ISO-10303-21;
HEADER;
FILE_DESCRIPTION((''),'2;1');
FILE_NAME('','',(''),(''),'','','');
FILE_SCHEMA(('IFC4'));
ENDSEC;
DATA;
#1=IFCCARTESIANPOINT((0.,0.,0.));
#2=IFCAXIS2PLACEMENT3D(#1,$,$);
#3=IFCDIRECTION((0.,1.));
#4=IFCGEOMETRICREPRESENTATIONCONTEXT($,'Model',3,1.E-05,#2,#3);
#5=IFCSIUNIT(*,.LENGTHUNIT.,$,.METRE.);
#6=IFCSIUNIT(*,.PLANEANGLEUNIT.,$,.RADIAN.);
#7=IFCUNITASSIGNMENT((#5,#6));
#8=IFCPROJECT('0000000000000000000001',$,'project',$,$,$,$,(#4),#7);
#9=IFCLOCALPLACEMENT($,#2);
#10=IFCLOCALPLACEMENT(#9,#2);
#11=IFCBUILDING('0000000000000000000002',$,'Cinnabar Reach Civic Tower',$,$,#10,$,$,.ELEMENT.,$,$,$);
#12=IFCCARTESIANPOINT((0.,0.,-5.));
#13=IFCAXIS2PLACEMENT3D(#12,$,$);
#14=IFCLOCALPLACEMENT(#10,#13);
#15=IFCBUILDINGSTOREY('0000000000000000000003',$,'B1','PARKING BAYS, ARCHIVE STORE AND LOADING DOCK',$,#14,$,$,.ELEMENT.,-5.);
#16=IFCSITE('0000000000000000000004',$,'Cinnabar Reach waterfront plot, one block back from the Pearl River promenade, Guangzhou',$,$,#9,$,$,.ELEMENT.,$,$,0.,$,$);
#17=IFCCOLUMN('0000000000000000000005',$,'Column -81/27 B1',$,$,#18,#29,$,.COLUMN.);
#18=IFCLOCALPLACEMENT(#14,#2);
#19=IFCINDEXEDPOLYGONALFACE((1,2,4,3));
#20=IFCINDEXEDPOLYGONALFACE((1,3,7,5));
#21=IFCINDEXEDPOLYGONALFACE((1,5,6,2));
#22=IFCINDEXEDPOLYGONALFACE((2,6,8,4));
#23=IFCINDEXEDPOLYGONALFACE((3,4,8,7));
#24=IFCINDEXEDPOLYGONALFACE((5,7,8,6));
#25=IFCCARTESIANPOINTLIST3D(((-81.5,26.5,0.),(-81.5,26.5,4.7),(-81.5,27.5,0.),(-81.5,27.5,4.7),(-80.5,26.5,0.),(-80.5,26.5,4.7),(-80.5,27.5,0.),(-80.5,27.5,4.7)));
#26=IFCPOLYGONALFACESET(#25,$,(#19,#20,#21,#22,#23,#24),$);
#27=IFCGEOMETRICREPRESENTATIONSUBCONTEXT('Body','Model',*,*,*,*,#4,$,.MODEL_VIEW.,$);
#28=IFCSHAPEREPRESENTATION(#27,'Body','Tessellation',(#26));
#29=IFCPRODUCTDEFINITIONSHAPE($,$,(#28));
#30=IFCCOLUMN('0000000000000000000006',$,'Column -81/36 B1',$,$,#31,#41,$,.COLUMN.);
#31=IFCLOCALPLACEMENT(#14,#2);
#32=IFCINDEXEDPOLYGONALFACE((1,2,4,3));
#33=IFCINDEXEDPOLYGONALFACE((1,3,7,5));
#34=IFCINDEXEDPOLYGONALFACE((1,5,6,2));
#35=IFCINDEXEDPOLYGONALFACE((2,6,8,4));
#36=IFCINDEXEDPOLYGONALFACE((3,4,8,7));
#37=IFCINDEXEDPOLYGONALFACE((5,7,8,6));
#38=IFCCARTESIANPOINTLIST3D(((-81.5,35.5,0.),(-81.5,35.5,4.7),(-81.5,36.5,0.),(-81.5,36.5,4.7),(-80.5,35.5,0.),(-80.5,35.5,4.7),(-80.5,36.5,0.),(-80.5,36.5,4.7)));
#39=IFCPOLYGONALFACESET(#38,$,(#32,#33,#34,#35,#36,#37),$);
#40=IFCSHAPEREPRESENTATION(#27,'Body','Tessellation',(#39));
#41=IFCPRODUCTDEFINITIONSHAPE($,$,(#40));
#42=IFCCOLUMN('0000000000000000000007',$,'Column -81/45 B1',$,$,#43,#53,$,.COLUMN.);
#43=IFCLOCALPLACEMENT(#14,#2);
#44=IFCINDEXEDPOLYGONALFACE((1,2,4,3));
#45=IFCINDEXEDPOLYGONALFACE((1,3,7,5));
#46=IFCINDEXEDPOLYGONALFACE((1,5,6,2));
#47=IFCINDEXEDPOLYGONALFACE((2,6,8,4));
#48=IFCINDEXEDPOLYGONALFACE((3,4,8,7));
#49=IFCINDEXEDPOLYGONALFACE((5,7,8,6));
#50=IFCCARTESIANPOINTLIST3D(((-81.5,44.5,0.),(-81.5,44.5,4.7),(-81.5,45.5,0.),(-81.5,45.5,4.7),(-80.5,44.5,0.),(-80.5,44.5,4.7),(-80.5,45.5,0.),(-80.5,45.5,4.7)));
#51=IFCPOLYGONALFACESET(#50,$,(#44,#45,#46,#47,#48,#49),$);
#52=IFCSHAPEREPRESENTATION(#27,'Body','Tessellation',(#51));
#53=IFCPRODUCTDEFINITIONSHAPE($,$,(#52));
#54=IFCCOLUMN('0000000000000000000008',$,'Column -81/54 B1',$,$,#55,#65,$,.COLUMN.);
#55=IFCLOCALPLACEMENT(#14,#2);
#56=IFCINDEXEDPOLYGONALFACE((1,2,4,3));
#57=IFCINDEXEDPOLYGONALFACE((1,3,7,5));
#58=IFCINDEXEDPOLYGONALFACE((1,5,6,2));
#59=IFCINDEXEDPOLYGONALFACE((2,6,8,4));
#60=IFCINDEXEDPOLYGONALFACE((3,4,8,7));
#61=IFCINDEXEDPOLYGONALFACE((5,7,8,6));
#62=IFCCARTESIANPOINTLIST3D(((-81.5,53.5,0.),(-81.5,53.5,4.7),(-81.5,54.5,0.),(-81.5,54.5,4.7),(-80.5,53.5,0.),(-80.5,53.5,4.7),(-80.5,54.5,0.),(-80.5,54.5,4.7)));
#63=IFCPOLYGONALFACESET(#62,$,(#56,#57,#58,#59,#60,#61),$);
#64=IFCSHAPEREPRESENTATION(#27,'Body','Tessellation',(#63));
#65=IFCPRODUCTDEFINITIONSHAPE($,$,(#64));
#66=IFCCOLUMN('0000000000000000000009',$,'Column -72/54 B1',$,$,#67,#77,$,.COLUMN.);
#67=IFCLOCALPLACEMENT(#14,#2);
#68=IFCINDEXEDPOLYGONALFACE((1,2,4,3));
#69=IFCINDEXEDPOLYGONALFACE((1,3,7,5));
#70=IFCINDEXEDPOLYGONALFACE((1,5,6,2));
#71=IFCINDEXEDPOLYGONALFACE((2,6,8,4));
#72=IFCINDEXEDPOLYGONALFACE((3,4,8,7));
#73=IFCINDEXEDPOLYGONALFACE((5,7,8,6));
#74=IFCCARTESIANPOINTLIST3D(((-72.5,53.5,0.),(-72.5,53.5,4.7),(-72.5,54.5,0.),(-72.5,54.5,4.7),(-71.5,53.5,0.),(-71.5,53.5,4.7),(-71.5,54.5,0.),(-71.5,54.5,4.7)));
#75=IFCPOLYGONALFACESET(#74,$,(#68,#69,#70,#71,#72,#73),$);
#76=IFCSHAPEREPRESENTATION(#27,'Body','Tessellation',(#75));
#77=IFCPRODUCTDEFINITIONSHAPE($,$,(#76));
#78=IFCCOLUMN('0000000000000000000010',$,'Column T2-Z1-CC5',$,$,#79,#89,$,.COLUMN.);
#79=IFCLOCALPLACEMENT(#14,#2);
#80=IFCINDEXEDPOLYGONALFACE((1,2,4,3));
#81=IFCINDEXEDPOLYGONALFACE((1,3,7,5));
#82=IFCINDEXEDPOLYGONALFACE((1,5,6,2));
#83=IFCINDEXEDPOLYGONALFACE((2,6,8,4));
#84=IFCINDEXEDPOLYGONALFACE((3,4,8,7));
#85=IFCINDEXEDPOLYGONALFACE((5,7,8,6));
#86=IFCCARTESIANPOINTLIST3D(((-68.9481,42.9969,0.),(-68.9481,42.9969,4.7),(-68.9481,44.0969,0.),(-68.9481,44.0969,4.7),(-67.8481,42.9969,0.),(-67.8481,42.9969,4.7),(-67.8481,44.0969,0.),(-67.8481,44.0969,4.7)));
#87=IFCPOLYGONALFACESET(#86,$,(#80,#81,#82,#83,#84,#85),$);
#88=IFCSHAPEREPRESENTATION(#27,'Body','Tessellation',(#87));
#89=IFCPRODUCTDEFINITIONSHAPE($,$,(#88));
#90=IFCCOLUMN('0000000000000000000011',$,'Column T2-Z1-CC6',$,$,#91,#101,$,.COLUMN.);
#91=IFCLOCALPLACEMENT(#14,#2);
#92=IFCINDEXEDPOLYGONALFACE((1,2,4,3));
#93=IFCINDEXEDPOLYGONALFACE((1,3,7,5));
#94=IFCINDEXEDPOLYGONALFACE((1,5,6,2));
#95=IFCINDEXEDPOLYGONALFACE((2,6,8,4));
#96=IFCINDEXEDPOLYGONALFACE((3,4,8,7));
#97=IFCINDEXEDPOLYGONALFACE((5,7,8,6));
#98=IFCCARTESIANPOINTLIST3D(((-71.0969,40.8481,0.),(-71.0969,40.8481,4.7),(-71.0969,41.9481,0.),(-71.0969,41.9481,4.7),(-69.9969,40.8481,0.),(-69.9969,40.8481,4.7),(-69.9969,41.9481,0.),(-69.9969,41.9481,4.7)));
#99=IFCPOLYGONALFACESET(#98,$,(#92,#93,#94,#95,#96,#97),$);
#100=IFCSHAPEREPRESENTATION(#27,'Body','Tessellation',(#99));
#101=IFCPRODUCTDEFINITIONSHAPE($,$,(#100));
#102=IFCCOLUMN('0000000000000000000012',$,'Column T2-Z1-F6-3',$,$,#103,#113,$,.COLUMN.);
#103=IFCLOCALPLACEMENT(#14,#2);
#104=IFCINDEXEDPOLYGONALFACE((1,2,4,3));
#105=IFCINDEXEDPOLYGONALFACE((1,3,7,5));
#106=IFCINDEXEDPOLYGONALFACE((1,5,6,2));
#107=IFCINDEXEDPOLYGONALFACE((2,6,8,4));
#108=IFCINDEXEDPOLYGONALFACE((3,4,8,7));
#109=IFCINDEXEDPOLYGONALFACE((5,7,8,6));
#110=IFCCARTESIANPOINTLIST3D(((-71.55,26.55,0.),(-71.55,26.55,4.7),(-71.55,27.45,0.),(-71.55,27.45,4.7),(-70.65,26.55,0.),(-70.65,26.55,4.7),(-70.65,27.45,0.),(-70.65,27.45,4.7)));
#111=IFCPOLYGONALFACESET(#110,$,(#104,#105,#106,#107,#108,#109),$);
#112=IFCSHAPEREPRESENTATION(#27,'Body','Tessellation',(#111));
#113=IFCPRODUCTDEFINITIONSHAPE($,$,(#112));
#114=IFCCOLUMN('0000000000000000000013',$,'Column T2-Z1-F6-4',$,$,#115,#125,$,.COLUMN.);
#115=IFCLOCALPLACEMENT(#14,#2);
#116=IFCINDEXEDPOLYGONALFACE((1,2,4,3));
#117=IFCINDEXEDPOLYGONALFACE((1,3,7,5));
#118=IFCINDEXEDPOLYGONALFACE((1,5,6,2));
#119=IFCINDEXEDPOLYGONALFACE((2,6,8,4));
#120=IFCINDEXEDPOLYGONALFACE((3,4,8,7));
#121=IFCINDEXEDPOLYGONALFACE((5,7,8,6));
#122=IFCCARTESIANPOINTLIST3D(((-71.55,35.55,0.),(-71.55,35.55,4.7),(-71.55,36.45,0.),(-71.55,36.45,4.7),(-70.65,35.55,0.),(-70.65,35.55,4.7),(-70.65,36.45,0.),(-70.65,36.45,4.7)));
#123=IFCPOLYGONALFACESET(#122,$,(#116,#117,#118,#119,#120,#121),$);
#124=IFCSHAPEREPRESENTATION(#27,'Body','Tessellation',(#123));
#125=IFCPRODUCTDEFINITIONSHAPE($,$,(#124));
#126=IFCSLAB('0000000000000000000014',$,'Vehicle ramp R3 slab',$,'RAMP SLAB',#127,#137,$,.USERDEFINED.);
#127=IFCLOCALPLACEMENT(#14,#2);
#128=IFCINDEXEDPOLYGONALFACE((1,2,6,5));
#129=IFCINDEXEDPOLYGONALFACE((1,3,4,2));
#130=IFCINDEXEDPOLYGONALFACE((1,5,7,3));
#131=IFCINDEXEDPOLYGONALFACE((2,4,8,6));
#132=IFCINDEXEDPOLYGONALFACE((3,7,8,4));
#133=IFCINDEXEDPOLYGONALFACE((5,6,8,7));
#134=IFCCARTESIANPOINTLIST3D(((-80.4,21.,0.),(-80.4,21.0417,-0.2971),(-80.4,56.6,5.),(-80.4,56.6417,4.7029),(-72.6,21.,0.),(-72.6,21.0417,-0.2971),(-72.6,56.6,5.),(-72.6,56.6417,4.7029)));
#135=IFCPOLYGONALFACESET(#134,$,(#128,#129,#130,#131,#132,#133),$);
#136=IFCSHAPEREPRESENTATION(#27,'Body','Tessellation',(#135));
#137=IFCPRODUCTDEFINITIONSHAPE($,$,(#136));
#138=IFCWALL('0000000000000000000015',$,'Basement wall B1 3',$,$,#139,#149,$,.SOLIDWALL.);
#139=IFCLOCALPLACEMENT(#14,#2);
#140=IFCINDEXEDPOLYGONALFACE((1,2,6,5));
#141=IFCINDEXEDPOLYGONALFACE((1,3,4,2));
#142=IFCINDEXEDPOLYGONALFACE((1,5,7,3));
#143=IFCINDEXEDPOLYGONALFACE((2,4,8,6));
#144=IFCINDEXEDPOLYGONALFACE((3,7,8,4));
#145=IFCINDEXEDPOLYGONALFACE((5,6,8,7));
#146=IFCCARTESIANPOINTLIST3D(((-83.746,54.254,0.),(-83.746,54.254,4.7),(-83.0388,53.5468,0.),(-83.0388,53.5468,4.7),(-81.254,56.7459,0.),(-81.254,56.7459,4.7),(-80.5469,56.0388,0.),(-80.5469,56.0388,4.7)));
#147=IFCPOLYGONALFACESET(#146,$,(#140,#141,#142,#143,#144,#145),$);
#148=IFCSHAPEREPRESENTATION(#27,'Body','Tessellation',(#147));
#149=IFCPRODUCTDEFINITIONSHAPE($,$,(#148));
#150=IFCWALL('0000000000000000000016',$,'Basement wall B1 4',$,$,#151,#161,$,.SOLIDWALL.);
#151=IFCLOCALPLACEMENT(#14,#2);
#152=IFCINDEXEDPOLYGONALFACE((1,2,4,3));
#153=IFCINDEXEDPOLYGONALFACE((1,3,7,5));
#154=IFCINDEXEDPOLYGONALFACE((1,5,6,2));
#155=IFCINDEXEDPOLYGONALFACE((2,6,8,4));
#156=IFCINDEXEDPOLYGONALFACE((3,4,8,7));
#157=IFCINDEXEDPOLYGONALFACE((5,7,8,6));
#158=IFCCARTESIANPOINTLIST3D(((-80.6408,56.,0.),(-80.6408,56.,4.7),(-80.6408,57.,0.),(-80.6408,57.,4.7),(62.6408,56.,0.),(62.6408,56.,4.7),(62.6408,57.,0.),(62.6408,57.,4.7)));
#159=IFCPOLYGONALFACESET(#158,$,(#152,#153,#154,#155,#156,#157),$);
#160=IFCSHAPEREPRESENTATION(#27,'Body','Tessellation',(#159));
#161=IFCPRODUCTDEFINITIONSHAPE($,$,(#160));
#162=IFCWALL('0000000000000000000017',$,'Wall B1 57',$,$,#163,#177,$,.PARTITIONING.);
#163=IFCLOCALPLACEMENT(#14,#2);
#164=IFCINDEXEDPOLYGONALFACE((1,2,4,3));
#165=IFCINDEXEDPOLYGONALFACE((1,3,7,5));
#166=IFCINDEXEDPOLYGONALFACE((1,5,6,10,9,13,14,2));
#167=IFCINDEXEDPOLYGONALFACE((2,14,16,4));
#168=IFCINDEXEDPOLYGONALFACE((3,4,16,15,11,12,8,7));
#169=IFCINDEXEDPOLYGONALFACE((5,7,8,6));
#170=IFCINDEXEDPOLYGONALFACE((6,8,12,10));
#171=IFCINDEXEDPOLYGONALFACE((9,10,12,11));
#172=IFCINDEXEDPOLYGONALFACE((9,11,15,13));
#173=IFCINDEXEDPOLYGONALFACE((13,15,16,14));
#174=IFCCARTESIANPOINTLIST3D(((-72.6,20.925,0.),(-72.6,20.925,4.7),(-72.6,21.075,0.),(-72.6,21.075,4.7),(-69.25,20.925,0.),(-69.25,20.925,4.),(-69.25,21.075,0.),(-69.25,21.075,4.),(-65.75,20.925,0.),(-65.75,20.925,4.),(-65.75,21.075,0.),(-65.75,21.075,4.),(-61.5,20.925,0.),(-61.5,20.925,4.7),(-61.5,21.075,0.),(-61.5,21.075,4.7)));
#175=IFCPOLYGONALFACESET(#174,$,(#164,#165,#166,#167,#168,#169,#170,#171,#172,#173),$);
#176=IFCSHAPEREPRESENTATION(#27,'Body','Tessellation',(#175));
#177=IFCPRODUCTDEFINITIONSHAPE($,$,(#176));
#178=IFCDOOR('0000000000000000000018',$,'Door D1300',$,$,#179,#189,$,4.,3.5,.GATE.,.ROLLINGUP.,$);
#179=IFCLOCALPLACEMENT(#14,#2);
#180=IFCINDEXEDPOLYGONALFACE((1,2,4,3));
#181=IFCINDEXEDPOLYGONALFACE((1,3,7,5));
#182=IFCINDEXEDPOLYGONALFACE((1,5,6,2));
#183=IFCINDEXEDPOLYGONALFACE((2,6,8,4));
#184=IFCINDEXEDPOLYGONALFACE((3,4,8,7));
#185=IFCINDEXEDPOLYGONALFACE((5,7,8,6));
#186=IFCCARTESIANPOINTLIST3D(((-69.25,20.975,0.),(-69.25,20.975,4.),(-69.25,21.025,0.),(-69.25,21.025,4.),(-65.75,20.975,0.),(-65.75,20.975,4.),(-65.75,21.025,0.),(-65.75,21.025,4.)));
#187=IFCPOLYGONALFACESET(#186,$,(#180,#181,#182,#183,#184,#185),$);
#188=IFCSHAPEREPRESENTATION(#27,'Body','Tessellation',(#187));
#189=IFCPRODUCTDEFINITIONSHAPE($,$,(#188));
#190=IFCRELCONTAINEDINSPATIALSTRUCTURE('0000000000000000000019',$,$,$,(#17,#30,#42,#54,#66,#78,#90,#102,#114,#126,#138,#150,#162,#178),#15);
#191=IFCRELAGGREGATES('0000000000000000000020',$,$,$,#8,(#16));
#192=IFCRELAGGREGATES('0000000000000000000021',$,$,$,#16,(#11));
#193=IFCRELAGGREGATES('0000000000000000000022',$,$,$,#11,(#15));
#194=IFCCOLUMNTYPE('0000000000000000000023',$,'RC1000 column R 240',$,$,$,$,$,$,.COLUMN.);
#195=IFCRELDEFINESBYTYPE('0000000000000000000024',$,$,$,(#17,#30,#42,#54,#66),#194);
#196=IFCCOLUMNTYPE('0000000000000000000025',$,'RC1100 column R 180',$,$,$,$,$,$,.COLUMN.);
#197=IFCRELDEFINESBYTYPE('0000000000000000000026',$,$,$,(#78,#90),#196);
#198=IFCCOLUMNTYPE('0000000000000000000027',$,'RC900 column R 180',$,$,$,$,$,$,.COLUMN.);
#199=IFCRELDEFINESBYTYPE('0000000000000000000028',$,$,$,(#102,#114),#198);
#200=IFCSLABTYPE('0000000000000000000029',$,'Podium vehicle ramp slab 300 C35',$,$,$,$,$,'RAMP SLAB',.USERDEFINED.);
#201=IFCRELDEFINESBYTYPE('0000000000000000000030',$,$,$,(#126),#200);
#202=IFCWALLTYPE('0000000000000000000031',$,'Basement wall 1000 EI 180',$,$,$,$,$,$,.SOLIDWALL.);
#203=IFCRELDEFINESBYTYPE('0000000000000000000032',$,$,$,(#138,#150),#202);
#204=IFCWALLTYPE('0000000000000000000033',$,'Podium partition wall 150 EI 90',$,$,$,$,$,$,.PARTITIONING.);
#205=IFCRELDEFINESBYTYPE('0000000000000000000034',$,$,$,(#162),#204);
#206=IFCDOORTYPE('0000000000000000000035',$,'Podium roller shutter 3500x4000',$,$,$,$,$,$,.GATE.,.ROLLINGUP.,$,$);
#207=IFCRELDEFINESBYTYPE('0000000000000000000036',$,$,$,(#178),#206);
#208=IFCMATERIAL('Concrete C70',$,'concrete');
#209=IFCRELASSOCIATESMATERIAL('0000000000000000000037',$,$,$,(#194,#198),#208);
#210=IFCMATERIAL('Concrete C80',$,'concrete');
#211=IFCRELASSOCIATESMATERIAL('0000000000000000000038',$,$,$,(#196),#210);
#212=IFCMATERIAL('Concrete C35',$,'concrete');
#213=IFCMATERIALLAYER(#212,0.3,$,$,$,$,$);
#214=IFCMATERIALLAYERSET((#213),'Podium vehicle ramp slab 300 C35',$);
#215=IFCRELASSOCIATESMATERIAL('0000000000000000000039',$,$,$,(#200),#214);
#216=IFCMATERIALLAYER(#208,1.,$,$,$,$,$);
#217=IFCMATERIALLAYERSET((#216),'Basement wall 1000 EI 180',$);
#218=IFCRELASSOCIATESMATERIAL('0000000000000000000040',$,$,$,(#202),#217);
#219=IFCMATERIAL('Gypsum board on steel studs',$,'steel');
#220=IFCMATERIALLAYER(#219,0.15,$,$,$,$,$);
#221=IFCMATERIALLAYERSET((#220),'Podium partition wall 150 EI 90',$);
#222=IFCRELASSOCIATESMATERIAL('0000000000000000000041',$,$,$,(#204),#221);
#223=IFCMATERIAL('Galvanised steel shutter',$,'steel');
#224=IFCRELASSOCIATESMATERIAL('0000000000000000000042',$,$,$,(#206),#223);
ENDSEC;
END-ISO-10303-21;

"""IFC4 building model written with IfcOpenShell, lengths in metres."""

from ifc_helpers import new_model, si_unit, direction, frame, frame_2d, origin, origin_2d, place, context, subcontext, project, spatial, polyline, rectangle, outline, extrude, material, layer, layer_set, material_profile, profile_set, type_object, element, fill, save


model = new_model("IFC4")

# Units and contexts
model_context = context("Model", 3, precision=1e-05, world=origin(), true_north=direction((0.0, 1.0)))
body_context = subcontext(model_context, "Body", "Model", "MODEL_VIEW")
ifc_project = project(units=[si_unit("LENGTHUNIT", "METRE"), si_unit("PLANEANGLEUNIT", "RADIAN")], contexts=[model_context])

# Site, building, storey
site_placement = place(None, origin())
site = spatial("IfcSite", under=ifc_project, at=site_placement, Name="Cinnabar Reach waterfront plot, one block back from the Pearl River promenade, Guangzhou", CompositionType="ELEMENT", RefElevation=0.0)
building_placement = place(site_placement, origin())
building = spatial("IfcBuilding", under=site, at=building_placement, Name="Cinnabar Reach Civic Tower", CompositionType="ELEMENT")
storey_placement = place(building_placement, frame((0.0, 0.0, -5.0)))
storey = spatial("IfcBuildingStorey", under=building, at=storey_placement, Name="B1", Description="PARKING BAYS, ARCHIVE STORE AND LOADING DOCK", CompositionType="ELEMENT", Elevation=-5.0)

# Columns
ifc_material_1 = material(Name="Concrete C70", Category="concrete")
ifc_material_profile_1 = material_profile(ifc_material_1, rectangle(XDim=1.0, YDim=1.0, at=origin_2d()), Name="RC1000")
ifc_profile_set_1 = profile_set([ifc_material_profile_1], Name="Concrete C70")
column_type_1 = type_object("IfcColumnType", Name="RC1000 column R 240", PredefinedType="COLUMN", material=ifc_profile_set_1)
for number, where, z_axis, x_axis, name in (
    (1, (-81.0, 27.0, 0.0), (0.0, 0.0, 1.0), (1.0, 0.0, 0.0), "Column -81/27 B1"),
    (2, (-81.0, 36.0, 0.0), (0.0, 0.0, 1.0), (1.0, 0.0, 0.0), "Column -81/36 B1"),
    (3, (-81.0, 45.0, 0.0), (0.0, 0.0, 1.0), (1.0, 0.0, 0.0), "Column -81/45 B1"),
    (4, (-81.0, 54.0, 0.0), (0.0, 0.0, 1.0), (1.0, 0.0, 0.0), "Column -81/54 B1"),
    (5, (-72.0, 54.0, 0.0), (0.0, 0.0, 1.0), (1.0, 0.0, 0.0), "Column -72/54 B1"),
):
    element("IfcColumn", number, at=place(storey_placement, frame(where, z_axis=z_axis, x_axis=x_axis)), inside=storey, type_object=column_type_1, Name=name, PredefinedType="COLUMN", context=body_context, shape_type="SweptSolid", body=[
        extrude(rectangle(XDim=1.0, YDim=1.0, at=origin_2d()), origin(), (0.0, 0.0, 1.0), 4.7),
    ])
ifc_material_2 = material(Name="Concrete C80", Category="concrete")
ifc_material_profile_2 = material_profile(ifc_material_2, rectangle(XDim=1.1, YDim=1.1, at=origin_2d()), Name="RC1100")
ifc_profile_set_2 = profile_set([ifc_material_profile_2], Name="Concrete C80")
column_type_2 = type_object("IfcColumnType", Name="RC1100 column R 180", PredefinedType="COLUMN", material=ifc_profile_set_2)
for number, where, z_axis, x_axis, name in (
    (6, (-68.3981, 43.5469, 0.0), (0.0, 0.0, 1.0), (1.0, 0.0, 0.0), "Column T2-Z1-CC5"),
    (7, (-70.5469, 41.3981, 0.0), (0.0, 0.0, 1.0), (1.0, 0.0, 0.0), "Column T2-Z1-CC6"),
):
    element("IfcColumn", number, at=place(storey_placement, frame(where, z_axis=z_axis, x_axis=x_axis)), inside=storey, type_object=column_type_2, Name=name, PredefinedType="COLUMN", context=body_context, shape_type="SweptSolid", body=[
        extrude(rectangle(XDim=1.1, YDim=1.1, at=origin_2d()), origin(), (0.0, 0.0, 1.0), 4.7),
    ])
ifc_material_profile_3 = material_profile(ifc_material_1, rectangle(XDim=0.9, YDim=0.9, at=origin_2d()), Name="RC900")
ifc_profile_set_3 = profile_set([ifc_material_profile_3], Name="Concrete C70")
column_type_3 = type_object("IfcColumnType", Name="RC900 column R 180", PredefinedType="COLUMN", material=ifc_profile_set_3)
for number, where, z_axis, x_axis, name in (
    (8, (-71.1, 27.0, 0.0), (0.0, 0.0, 1.0), (1.0, 0.0, 0.0), "Column T2-Z1-F6-3"),
    (9, (-71.1, 36.0, 0.0), (0.0, 0.0, 1.0), (1.0, 0.0, 0.0), "Column T2-Z1-F6-4"),
):
    element("IfcColumn", number, at=place(storey_placement, frame(where, z_axis=z_axis, x_axis=x_axis)), inside=storey, type_object=column_type_3, Name=name, PredefinedType="COLUMN", context=body_context, shape_type="SweptSolid", body=[
        extrude(rectangle(XDim=0.9, YDim=0.9, at=origin_2d()), origin(), (0.0, 0.0, 1.0), 4.7),
    ])

# Slab
ifc_material_3 = material(Name="Concrete C35", Category="concrete")
ifc_layer_1 = layer(ifc_material_3, 0.3)
ifc_layer_set_1 = layer_set([ifc_layer_1], Name="Podium vehicle ramp slab 300 C35")
slab_type = type_object("IfcSlabType", Name="Podium vehicle ramp slab 300 C35", ElementType="RAMP SLAB", PredefinedType="USERDEFINED", material=ifc_layer_set_1)
slab_placement = place(storey_placement, frame((-80.4, 21.0, 0.0), z_axis=(0.0, -0.139084, 0.990281), x_axis=(1.0, 0.0, 0.0)))
element("IfcSlab", 10, at=slab_placement, inside=storey, type_object=slab_type, Name="Vehicle ramp R3 slab", ObjectType="RAMP SLAB", PredefinedType="USERDEFINED", context=body_context, shape_type="SweptSolid", body=[
    extrude(outline(polyline([(0.0, 0.0), (7.8, 0.0), (7.8, 35.9494), (0.0, 35.9494), (0.0, 0.0)])), origin(), (0.0, 0.0, -1.0), 0.3),
])

# Walls
ifc_layer_2 = layer(ifc_material_1, 1.0)
ifc_layer_set_2 = layer_set([ifc_layer_2], Name="Basement wall 1000 EI 180")
wall_type_1 = type_object("IfcWallType", Name="Basement wall 1000 EI 180", PredefinedType="SOLIDWALL", material=ifc_layer_set_2)
wall_1_placement = place(storey_placement, frame((-83.3924, 53.9004, 0.0), z_axis=(0.0, 0.0, 1.0), x_axis=(0.707107, 0.707107, 0.0)))
element("IfcWall", 11, at=wall_1_placement, inside=storey, type_object=wall_type_1, Name="Basement wall B1 3", PredefinedType="SOLIDWALL", context=body_context, shape_type="SweptSolid", body=[
    extrude(rectangle(XDim=3.5242, YDim=1.0, at=frame_2d((1.7621, 0.0))), origin(), (0.0, 0.0, 1.0), 4.7),
])
wall_2_placement = place(storey_placement, frame((-80.6408, 56.5, 0.0), z_axis=(0.0, 0.0, 1.0), x_axis=(1.0, 0.0, 0.0)))
element("IfcWall", 12, at=wall_2_placement, inside=storey, type_object=wall_type_1, Name="Basement wall B1 4", PredefinedType="SOLIDWALL", context=body_context, shape_type="SweptSolid", body=[
    extrude(rectangle(XDim=143.2816, YDim=1.0, at=frame_2d((71.6408, 0.0))), origin(), (0.0, 0.0, 1.0), 4.7),
])

# Wall, opening, door
ifc_material_4 = material(Name="Gypsum board on steel studs", Category="steel")
ifc_layer_3 = layer(ifc_material_4, 0.15)
ifc_layer_set_3 = layer_set([ifc_layer_3], Name="Podium partition wall 150 EI 90")
wall_type_2 = type_object("IfcWallType", Name="Podium partition wall 150 EI 90", PredefinedType="PARTITIONING", material=ifc_layer_set_3)
wall_3_placement = place(storey_placement, frame((-72.6, 21.0, 0.0), z_axis=(0.0, 0.0, 1.0), x_axis=(1.0, 0.0, 0.0)))
wall_3 = element("IfcWall", 13, at=wall_3_placement, inside=storey, type_object=wall_type_2, Name="Wall B1 57", PredefinedType="PARTITIONING", context=body_context, shape_type="SweptSolid", body=[
    extrude(rectangle(XDim=11.1, YDim=0.15, at=frame_2d((5.55, 0.0))), origin(), (0.0, 0.0, 1.0), 4.7),
])
opening_1_placement = place(wall_3_placement, frame((3.35, 0.0, 0.0)))
opening_1 = element("IfcOpeningElement", 14, at=opening_1_placement, cuts=wall_3, PredefinedType="OPENING", context=body_context, shape_type="SweptSolid", body=[
    extrude(rectangle(XDim=3.5, YDim=4.0, at=frame_2d((1.75, 2.0))), frame((0.0, 0.085, 0.0), z_axis=(0.0, -1.0, 0.0), x_axis=(1.0, 0.0, 0.0)), (0.0, 0.0, 1.0), 0.17),
])
ifc_material_5 = material(Name="Galvanised steel shutter", Category="steel")
door_type_1 = type_object("IfcDoorType", Name="Podium roller shutter 3500x4000", OperationType="ROLLINGUP", PredefinedType="GATE", material=ifc_material_5)
door_1_placement = place(opening_1_placement, origin())
door_1 = element("IfcDoor", 15, at=door_1_placement, inside=storey, type_object=door_type_1, Name="Door D1300", OperationType="ROLLINGUP", OverallHeight=4.0, OverallWidth=3.5, PredefinedType="GATE", context=body_context, shape_type="SweptSolid", body=[
    extrude(rectangle(XDim=3.5, YDim=4.0, at=frame_2d((1.75, 2.0))), frame((0.0, 0.025, 0.0), z_axis=(0.0, -1.0, 0.0), x_axis=(1.0, 0.0, 0.0)), (0.0, 0.0, 1.0), 0.05),
])
fill(opening_1, door_1)

save(model, "model.ifc")
